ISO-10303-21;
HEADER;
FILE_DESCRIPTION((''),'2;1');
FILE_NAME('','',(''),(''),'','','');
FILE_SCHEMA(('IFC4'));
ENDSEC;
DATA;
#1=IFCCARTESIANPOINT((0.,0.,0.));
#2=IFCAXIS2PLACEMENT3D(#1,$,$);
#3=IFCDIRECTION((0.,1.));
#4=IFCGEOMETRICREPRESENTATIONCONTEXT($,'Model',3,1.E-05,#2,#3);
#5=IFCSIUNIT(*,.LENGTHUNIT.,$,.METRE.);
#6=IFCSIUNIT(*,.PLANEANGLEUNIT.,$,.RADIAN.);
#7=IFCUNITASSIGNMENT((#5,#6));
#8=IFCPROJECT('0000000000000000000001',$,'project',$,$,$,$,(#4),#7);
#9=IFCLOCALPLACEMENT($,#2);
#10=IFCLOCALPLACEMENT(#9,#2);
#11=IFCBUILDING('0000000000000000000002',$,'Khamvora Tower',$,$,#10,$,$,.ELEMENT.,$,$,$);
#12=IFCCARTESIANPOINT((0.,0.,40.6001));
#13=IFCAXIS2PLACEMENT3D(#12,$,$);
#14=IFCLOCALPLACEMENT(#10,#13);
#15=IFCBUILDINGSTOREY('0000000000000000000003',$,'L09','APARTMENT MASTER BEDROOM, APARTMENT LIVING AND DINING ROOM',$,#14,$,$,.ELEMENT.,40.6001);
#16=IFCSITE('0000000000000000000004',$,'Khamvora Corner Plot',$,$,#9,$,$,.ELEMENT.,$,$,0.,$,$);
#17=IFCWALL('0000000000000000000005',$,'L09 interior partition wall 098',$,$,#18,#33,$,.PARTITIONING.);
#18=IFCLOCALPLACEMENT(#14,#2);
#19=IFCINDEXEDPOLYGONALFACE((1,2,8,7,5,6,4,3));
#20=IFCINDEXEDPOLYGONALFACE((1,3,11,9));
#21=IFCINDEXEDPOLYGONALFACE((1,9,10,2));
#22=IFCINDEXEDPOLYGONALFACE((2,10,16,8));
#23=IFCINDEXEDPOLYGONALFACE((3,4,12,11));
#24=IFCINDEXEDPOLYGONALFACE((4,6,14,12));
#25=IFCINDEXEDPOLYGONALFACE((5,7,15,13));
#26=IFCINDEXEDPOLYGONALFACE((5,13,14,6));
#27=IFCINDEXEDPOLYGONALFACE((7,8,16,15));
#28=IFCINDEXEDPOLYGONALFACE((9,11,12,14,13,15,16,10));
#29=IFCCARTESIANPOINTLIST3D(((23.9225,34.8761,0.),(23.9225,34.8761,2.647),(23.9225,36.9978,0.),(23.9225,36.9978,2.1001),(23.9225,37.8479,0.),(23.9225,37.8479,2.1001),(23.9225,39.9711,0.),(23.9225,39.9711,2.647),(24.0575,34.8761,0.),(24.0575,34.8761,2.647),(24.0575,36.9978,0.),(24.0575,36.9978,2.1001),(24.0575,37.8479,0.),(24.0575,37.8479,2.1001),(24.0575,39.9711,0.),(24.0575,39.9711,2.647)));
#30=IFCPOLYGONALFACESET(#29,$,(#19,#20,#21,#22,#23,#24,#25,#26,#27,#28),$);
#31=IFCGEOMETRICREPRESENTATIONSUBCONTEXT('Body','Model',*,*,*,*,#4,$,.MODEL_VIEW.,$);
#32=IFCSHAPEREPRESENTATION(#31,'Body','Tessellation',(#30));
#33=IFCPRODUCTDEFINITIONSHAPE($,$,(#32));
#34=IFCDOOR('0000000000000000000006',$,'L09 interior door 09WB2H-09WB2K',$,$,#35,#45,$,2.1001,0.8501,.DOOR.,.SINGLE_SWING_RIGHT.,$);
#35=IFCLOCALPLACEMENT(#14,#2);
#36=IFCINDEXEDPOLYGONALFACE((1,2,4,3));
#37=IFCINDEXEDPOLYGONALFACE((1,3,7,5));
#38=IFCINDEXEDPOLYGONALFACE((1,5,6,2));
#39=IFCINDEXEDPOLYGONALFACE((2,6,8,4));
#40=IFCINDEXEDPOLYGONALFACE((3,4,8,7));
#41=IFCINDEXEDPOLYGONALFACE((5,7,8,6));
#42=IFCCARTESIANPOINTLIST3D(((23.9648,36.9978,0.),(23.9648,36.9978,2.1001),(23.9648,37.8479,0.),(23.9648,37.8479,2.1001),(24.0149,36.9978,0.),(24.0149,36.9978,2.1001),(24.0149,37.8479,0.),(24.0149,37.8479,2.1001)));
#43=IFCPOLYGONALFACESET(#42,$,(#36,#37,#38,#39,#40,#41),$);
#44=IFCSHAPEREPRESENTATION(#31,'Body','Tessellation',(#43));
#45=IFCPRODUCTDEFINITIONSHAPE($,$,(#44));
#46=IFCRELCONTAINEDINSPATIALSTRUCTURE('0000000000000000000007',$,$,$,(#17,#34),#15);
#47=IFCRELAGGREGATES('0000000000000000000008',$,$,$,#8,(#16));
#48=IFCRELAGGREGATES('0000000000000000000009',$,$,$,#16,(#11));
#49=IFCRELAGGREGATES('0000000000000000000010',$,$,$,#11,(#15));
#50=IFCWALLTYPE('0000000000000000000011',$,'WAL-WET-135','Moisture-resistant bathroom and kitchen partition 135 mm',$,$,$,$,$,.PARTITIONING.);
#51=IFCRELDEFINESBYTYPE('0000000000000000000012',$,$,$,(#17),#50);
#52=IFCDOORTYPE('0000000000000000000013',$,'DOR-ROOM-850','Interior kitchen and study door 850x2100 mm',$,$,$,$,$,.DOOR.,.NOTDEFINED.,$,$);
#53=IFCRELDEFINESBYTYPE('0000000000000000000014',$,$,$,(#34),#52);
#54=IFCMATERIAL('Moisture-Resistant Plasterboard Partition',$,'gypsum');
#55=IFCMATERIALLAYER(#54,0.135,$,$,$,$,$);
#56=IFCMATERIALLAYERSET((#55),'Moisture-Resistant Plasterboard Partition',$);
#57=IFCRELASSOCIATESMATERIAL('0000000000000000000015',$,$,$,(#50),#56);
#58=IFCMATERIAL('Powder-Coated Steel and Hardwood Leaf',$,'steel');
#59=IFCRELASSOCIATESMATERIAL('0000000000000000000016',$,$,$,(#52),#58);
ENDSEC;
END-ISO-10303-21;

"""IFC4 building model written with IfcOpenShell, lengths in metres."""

from ifc_helpers import new_model, si_unit, direction, frame, frame_2d, origin, place, context, subcontext, project, spatial, rectangle, extrude, material, layer, layer_set, type_object, element, fill, save


model = new_model("IFC4")

# Units and contexts
model_context = context("Model", 3, precision=1e-05, world=origin(), true_north=direction((0.0, 1.0)))
body_context = subcontext(model_context, "Body", "Model", "MODEL_VIEW")
ifc_project = project(units=[si_unit("LENGTHUNIT", "METRE"), si_unit("PLANEANGLEUNIT", "RADIAN")], contexts=[model_context])

# Site, building, storey
site_placement = place(None, origin())
site = spatial("IfcSite", under=ifc_project, at=site_placement, Name="Khamvora Corner Plot", CompositionType="ELEMENT", RefElevation=0.0)
building_placement = place(site_placement, origin())
building = spatial("IfcBuilding", under=site, at=building_placement, Name="Khamvora Tower", CompositionType="ELEMENT")
storey_placement = place(building_placement, frame((0.0, 0.0, 40.6001)))
storey = spatial("IfcBuildingStorey", under=building, at=storey_placement, Name="L09", Description="APARTMENT MASTER BEDROOM, APARTMENT LIVING AND DINING ROOM", CompositionType="ELEMENT", Elevation=40.6001)

# Shared definitions
ifc_material_1 = material(Name="Powder-Coated Steel and Hardwood Leaf", Category="steel")

# Shared definitions
ifc_material_2 = material(Name="Moisture-Resistant Plasterboard Partition", Category="gypsum")
ifc_layer_1 = layer(ifc_material_2, 0.135)
ifc_layer_set_1 = layer_set([ifc_layer_1], Name="Moisture-Resistant Plasterboard Partition")
wall_type_1 = type_object("IfcWallType", Name="WAL-WET-135", Description="Moisture-resistant bathroom and kitchen partition 135 mm", PredefinedType="PARTITIONING", material=ifc_layer_set_1)

# Wall, opening, door
wall_1_placement = place(storey_placement, frame((23.99, 39.9709, 0.0), z_axis=(0.0, 0.0, 1.0), x_axis=(0.0, -1.0, 0.0)))
wall_1 = element("IfcWall", 1, at=wall_1_placement, inside=storey, type_object=wall_type_1, Name="L09 interior partition wall 098", PredefinedType="PARTITIONING", context=body_context, shape_type="SweptSolid", body=[
    extrude(rectangle(XDim=5.095, YDim=0.135, at=frame_2d((2.5474, 0.0))), origin(), (0.0, 0.0, 1.0), 2.647),
])
opening_1_placement = place(wall_1_placement, frame((2.123, 0.0, 0.0)))
opening_1 = element("IfcOpeningElement", 2, at=opening_1_placement, cuts=wall_1, PredefinedType="OPENING", context=body_context, shape_type="SweptSolid", body=[
    extrude(rectangle(XDim=0.8501, YDim=2.1001, at=frame_2d((0.425, 1.05))), frame((0.0, 0.0774, 0.0), z_axis=(0.0, -1.0, 0.0), x_axis=(1.0, 0.0, 0.0)), (0.0, 0.0, 1.0), 0.155),
])
door_type_1 = type_object("IfcDoorType", Name="DOR-ROOM-850", Description="Interior kitchen and study door 850x2100 mm", OperationType="NOTDEFINED", PredefinedType="DOOR", material=ifc_material_1)
door_1_placement = place(opening_1_placement, origin())
door_1 = element("IfcDoor", 3, at=door_1_placement, inside=storey, type_object=door_type_1, Name="L09 interior door 09WB2H-09WB2K", OperationType="SINGLE_SWING_RIGHT", OverallHeight=2.1001, OverallWidth=0.8501, PredefinedType="DOOR", context=body_context, shape_type="SweptSolid", body=[
    extrude(rectangle(XDim=0.8501, YDim=2.1001, at=frame_2d((0.425, 1.05))), frame((0.0, 0.0249, 0.0), z_axis=(0.0, -1.0, 0.0), x_axis=(1.0, 0.0, 0.0)), (0.0, 0.0, 1.0), 0.05),
])
fill(opening_1, door_1)

save(model, "model.ifc")
